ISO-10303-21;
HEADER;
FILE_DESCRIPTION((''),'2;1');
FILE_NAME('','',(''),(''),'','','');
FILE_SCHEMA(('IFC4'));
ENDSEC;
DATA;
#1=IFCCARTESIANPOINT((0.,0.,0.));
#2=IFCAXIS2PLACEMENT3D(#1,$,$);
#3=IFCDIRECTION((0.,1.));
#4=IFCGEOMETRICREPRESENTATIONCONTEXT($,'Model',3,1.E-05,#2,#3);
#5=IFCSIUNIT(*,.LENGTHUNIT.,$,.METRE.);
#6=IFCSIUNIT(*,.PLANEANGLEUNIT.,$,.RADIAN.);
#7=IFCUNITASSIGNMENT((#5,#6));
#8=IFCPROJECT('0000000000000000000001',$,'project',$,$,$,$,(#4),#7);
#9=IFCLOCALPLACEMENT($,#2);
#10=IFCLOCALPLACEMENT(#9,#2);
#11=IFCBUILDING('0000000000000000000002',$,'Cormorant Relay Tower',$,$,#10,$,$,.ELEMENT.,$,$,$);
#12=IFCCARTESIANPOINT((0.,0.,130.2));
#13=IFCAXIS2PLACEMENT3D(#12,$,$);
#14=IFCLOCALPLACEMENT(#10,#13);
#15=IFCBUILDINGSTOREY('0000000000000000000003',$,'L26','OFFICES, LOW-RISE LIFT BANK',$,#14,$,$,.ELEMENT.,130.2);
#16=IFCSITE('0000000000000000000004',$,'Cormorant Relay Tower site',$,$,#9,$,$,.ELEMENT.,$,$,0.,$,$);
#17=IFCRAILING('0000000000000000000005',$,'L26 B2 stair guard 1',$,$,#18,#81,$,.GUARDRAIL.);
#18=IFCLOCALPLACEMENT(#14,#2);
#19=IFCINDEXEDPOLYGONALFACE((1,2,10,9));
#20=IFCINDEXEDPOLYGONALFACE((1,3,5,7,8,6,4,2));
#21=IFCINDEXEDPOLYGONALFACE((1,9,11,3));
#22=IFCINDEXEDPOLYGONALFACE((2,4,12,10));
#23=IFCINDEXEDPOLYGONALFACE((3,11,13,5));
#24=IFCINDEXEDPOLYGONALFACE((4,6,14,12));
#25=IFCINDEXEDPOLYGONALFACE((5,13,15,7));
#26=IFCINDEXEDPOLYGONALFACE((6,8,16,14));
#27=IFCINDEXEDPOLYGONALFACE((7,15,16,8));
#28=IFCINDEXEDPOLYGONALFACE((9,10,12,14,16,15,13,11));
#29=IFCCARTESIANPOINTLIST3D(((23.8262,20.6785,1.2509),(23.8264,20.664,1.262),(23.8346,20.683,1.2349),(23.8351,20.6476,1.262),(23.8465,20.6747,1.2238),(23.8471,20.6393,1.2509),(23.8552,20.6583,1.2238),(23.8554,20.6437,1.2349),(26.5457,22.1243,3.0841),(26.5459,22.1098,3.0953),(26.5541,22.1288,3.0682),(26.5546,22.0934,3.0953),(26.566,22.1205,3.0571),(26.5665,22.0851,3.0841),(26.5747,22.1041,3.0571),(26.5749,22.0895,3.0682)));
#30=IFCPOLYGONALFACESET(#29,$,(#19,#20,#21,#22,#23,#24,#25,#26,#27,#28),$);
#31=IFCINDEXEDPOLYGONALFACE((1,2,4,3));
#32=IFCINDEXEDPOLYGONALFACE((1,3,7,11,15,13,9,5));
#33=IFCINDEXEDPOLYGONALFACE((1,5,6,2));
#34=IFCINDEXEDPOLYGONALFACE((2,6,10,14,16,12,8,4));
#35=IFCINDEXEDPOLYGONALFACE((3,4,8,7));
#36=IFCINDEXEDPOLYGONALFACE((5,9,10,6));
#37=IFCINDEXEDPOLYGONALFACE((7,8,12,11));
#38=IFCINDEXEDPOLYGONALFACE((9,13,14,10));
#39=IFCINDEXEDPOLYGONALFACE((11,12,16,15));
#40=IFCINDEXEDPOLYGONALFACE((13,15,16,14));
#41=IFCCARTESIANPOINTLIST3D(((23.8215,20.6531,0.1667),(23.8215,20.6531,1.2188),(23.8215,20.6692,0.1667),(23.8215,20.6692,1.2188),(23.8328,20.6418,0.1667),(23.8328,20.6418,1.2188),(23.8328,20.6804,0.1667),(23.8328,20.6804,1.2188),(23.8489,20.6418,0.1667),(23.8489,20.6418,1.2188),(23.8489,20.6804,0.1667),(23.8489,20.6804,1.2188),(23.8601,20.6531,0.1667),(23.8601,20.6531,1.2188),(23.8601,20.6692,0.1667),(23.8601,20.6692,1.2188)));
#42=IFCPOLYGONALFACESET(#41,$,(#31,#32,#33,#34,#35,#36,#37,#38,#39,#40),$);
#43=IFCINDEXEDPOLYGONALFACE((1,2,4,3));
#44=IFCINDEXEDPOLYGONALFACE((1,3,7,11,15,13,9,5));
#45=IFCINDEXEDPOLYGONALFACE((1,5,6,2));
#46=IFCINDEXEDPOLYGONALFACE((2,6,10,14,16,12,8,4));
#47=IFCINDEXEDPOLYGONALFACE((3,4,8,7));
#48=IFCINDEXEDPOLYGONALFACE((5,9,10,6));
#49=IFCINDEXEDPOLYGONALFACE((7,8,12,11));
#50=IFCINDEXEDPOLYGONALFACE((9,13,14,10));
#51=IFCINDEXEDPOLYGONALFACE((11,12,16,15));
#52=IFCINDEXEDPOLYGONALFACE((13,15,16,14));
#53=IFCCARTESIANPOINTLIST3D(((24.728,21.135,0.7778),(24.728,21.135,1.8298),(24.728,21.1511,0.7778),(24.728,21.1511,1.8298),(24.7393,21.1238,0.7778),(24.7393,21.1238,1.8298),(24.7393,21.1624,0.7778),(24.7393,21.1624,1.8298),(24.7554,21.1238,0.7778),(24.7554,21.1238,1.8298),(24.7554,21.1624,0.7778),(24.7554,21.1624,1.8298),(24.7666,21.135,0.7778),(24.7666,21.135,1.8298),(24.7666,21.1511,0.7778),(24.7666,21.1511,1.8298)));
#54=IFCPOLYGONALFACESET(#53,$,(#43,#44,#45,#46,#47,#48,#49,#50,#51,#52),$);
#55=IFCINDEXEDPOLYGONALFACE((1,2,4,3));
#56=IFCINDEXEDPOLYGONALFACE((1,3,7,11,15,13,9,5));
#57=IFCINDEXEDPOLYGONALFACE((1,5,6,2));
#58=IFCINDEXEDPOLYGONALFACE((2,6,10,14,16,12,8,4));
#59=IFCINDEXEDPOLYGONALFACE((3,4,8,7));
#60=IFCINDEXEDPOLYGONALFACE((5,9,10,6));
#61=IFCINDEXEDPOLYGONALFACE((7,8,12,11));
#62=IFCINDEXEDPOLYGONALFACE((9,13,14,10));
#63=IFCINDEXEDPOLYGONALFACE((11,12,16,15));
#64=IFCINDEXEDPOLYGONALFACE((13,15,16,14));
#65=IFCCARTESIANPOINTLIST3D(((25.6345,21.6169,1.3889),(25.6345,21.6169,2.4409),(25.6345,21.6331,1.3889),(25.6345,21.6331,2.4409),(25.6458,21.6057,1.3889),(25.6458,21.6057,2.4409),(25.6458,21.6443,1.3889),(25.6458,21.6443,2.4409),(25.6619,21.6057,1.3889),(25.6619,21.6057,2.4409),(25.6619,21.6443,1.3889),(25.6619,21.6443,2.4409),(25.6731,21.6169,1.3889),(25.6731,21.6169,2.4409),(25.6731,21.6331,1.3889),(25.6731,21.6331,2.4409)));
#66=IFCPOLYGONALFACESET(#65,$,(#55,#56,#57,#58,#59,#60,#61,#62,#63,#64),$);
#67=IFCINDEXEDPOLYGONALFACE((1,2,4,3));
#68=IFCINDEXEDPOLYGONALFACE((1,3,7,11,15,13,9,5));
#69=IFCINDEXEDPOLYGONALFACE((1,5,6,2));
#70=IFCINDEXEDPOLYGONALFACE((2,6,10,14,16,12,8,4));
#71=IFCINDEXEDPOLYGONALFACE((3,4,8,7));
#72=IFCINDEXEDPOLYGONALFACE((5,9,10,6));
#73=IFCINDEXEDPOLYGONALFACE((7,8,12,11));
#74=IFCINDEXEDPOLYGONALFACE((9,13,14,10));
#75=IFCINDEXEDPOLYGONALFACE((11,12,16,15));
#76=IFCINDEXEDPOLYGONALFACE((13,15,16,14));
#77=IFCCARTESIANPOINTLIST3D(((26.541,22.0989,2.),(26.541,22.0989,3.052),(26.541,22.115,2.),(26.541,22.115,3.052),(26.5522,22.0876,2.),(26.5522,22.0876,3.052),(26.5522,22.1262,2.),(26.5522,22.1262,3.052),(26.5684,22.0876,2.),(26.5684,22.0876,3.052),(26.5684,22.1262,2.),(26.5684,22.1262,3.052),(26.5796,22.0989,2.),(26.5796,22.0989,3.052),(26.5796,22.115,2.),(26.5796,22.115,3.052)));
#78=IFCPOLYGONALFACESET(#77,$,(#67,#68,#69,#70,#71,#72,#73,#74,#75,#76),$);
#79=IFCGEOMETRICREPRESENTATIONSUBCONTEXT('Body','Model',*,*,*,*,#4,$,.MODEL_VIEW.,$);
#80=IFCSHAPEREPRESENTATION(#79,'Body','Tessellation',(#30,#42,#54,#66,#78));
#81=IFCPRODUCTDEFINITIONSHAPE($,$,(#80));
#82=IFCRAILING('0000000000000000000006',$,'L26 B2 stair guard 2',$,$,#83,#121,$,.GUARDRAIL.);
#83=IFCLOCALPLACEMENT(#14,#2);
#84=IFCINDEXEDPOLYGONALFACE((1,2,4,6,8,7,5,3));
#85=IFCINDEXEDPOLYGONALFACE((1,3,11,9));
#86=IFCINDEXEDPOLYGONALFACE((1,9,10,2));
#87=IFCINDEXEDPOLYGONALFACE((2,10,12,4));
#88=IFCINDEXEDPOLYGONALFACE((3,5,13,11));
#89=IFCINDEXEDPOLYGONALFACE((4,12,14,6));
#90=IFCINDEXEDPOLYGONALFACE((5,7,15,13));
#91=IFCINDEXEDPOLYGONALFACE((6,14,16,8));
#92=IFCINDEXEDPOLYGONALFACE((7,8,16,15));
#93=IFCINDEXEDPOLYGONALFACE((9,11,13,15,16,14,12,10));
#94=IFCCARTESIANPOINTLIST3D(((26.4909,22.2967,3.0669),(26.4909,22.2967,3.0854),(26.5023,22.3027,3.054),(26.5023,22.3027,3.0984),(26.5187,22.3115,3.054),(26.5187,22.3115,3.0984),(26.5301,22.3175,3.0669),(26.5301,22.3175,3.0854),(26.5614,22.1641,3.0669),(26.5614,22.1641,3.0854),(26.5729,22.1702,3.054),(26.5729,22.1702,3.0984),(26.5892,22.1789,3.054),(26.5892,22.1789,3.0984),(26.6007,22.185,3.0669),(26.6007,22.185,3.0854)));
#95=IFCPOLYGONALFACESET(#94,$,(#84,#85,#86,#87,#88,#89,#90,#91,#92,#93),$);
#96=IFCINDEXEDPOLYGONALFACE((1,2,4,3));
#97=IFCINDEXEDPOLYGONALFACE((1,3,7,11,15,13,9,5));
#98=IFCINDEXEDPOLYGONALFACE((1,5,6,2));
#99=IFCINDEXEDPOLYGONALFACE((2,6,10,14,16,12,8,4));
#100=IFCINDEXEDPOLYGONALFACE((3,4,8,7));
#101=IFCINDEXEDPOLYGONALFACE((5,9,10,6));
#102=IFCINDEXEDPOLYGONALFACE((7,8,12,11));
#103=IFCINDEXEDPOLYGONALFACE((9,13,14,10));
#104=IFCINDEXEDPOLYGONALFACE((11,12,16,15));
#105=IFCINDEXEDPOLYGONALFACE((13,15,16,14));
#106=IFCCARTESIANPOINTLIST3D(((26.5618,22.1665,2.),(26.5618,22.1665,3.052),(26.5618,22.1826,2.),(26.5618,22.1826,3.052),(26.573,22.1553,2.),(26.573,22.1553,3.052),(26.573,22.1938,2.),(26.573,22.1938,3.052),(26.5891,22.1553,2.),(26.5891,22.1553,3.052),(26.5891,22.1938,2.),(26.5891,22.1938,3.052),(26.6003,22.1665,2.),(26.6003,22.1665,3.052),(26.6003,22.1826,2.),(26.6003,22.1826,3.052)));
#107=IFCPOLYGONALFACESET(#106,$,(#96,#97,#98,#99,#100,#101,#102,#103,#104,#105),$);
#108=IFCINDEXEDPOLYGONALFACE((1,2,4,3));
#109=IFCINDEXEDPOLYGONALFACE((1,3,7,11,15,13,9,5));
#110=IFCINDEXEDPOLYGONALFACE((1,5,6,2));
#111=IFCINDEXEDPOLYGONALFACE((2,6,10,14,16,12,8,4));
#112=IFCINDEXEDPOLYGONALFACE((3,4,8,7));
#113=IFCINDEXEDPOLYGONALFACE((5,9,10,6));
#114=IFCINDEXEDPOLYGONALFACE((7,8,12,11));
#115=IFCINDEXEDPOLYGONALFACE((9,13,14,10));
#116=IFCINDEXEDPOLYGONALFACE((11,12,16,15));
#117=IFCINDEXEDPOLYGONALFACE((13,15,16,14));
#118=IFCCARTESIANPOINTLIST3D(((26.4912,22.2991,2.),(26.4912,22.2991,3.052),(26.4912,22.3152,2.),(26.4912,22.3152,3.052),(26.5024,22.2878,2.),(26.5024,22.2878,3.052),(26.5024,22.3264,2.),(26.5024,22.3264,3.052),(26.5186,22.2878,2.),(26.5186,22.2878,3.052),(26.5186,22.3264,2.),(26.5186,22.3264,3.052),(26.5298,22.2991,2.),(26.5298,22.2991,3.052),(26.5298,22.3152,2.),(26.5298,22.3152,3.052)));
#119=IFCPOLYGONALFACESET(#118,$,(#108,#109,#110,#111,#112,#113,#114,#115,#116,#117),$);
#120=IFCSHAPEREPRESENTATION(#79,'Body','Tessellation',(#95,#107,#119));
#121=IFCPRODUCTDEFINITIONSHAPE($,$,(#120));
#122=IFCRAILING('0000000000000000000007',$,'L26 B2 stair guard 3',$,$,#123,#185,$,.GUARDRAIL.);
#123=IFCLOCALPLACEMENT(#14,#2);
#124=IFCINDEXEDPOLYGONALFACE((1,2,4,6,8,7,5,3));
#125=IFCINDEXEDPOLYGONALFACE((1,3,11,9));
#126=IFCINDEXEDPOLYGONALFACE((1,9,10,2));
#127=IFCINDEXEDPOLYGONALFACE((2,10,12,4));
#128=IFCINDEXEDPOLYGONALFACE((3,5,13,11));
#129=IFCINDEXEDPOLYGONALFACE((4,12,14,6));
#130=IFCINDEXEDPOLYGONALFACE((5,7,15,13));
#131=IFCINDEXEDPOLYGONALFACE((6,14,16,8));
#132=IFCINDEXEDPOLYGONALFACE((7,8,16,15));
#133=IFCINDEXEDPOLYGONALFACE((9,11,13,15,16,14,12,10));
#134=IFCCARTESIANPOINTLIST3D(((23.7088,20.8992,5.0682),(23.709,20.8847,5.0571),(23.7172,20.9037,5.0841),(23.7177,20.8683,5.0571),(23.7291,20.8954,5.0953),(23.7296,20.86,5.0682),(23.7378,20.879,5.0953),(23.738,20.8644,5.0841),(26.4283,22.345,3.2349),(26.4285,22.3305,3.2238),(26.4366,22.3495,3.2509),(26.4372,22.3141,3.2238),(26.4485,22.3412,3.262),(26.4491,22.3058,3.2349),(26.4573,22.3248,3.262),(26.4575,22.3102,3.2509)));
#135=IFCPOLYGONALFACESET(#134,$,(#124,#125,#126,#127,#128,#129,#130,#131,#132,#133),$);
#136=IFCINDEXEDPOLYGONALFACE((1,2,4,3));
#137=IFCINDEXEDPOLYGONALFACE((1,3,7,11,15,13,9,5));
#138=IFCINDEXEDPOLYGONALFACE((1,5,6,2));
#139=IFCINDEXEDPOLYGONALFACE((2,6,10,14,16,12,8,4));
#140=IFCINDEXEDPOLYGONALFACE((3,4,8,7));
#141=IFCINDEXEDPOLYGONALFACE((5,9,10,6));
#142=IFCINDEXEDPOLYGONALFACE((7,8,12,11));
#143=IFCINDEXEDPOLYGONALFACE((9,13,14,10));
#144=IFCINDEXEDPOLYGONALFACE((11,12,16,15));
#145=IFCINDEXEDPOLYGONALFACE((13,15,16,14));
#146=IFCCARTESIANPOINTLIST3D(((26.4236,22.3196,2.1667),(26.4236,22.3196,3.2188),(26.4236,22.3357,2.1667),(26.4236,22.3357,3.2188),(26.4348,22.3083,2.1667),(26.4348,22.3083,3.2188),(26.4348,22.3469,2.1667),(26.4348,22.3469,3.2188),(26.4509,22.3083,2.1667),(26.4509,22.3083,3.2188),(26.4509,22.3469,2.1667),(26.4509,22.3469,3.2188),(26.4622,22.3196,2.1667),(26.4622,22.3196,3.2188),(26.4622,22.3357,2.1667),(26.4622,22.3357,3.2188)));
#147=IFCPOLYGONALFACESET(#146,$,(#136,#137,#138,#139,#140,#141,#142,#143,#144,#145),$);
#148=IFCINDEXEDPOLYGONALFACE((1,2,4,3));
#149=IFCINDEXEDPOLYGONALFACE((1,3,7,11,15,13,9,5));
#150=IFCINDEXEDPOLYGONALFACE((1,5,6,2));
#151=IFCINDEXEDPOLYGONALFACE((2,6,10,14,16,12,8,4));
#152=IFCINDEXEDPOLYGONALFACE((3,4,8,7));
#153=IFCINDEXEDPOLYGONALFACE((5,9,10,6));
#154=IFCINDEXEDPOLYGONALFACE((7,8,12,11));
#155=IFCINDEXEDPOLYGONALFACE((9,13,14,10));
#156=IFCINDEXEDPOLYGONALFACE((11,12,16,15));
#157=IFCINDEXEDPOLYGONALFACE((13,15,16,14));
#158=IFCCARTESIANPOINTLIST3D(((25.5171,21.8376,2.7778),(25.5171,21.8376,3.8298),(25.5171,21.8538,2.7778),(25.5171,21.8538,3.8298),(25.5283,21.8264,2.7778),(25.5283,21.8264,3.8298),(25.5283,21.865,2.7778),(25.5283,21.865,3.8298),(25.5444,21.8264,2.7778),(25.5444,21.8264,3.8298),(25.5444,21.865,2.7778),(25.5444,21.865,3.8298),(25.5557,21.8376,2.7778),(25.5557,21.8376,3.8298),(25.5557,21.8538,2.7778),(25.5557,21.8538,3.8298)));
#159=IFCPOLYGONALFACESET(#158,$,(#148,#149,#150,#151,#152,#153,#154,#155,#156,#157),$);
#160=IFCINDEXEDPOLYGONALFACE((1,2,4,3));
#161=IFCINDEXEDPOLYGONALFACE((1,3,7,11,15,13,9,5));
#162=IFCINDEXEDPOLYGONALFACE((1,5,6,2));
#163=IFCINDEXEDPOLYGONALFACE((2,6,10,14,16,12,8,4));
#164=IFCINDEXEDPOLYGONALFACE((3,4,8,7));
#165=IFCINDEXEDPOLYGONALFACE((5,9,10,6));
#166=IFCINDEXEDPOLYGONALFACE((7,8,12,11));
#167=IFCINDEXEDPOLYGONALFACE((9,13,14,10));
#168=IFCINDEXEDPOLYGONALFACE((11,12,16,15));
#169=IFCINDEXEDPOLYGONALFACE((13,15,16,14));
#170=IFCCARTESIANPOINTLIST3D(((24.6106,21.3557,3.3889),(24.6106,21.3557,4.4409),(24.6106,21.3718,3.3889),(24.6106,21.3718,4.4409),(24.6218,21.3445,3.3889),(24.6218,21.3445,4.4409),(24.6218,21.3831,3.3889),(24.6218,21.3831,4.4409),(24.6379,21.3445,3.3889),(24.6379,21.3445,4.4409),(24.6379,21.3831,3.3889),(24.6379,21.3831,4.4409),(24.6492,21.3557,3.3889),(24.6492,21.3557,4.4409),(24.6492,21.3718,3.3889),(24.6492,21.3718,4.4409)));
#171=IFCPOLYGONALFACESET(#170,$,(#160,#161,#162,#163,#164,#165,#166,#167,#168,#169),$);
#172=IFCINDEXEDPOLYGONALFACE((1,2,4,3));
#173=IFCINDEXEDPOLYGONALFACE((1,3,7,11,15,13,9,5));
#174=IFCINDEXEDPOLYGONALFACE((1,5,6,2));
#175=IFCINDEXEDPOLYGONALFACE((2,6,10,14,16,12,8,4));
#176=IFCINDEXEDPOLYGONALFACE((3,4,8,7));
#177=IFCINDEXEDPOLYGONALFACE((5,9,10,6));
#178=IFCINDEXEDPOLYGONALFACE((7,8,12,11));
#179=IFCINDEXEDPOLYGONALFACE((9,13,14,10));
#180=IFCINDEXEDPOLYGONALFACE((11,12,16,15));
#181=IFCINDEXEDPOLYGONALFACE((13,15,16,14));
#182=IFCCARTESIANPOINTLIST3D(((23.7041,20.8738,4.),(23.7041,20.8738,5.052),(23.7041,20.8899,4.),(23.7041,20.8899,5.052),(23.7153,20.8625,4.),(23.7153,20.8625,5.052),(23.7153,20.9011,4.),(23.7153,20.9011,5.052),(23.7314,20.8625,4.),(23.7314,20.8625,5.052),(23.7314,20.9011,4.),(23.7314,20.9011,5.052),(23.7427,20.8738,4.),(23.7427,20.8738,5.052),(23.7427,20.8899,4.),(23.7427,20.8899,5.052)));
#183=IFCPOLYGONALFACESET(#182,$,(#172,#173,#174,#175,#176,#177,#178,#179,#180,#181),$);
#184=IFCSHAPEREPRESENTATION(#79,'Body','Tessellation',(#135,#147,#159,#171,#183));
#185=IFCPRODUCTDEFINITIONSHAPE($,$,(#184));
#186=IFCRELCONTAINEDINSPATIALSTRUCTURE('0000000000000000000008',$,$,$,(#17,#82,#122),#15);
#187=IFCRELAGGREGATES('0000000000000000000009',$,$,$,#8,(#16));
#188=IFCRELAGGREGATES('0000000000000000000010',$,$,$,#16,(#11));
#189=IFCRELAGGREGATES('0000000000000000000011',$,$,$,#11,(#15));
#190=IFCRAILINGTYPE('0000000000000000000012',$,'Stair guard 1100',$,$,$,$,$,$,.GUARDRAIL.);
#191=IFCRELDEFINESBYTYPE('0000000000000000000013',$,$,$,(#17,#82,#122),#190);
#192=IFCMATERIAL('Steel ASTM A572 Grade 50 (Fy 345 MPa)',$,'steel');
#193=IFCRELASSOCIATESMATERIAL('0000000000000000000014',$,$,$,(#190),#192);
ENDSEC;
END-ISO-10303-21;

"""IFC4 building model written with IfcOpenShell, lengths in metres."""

from ifc_helpers import new_model, si_unit, direction, frame, origin, place, context, subcontext, project, spatial, polyline, outline, extrude, material, type_object, element, save


model = new_model("IFC4")

# Units and contexts
model_context = context("Model", 3, precision=1e-05, world=origin(), true_north=direction((0.0, 1.0)))
body_context = subcontext(model_context, "Body", "Model", "MODEL_VIEW")
ifc_project = project(units=[si_unit("LENGTHUNIT", "METRE"), si_unit("PLANEANGLEUNIT", "RADIAN")], contexts=[model_context])

# Site, building, storey
site_placement = place(None, origin())
site = spatial("IfcSite", under=ifc_project, at=site_placement, Name="Cormorant Relay Tower site", CompositionType="ELEMENT", RefElevation=0.0)
building_placement = place(site_placement, origin())
building = spatial("IfcBuilding", under=site, at=building_placement, Name="Cormorant Relay Tower", CompositionType="ELEMENT")
storey_placement = place(building_placement, frame((0.0, 0.0, 130.2)))
storey = spatial("IfcBuildingStorey", under=building, at=storey_placement, Name="L26", Description="OFFICES, LOW-RISE LIFT BANK", CompositionType="ELEMENT", Elevation=130.2)

# Railings
ifc_material_1 = material(Name="Steel ASTM A572 Grade 50 (Fy 345 MPa)", Category="steel")
railing_type_1 = type_object("IfcRailingType", Name="Stair guard 1100", PredefinedType="GUARDRAIL", material=ifc_material_1)
railing_1_placement = place(storey_placement, frame((23.8408, 20.6611, 0.1667)))
element("IfcRailing", 1, at=railing_1_placement, inside=storey, type_object=railing_type_1, Name="L26 B2 stair guard 1", PredefinedType="GUARDRAIL", context=body_context, shape_type="SweptSolid", body=[
    extrude(outline(polyline([(0.0222, 0.0093), (0.0093, 0.0222), (-0.0093, 0.0222), (-0.0222, 0.0093), (-0.0222, -0.0093), (-0.0093, -0.0222), (0.0093, -0.0222), (0.0222, -0.0093), (0.0222, 0.0093)])), frame((0.0, 0.0, 1.0762), z_axis=(0.758735, 0.403378, 0.511477), x_axis=(-0.469428, 0.882971, 0.0)), (0.0, 0.0, 1.0), 3.5842),
    extrude(outline(polyline([(0.0193, 0.0081), (0.0081, 0.0193), (-0.0081, 0.0193), (-0.0193, 0.0081), (-0.0193, -0.0081), (-0.0081, -0.0193), (0.0081, -0.0193), (0.0193, -0.0081), (0.0193, 0.0081)])), origin(), (0.0, 0.0, 1.0), 1.052),
    extrude(outline(polyline([(0.0193, 0.0081), (0.0081, 0.0193), (-0.0081, 0.0193), (-0.0193, 0.0081), (-0.0193, -0.0081), (-0.0081, -0.0193), (0.0081, -0.0193), (0.0193, -0.0081), (0.0193, 0.0081)])), frame((0.9065, 0.4819, 0.6111)), (0.0, 0.0, 1.0), 1.052),
    extrude(outline(polyline([(0.0193, 0.0081), (0.0081, 0.0193), (-0.0081, 0.0193), (-0.0193, 0.0081), (-0.0193, -0.0081), (-0.0081, -0.0193), (0.0081, -0.0193), (0.0193, -0.0081), (0.0193, 0.0081)])), frame((1.813, 0.9639, 1.2222)), (0.0, 0.0, 1.0), 1.052),
    extrude(outline(polyline([(0.0193, 0.0081), (0.0081, 0.0193), (-0.0081, 0.0193), (-0.0193, 0.0081), (-0.0193, -0.0081), (-0.0081, -0.0193), (0.0081, -0.0193), (0.0193, -0.0081), (0.0193, 0.0081)])), frame((2.7195, 1.4458, 1.8333)), (0.0, 0.0, 1.0), 1.052),
])
railing_2_placement = place(storey_placement, frame((26.5811, 22.1746, 2.0)))
element("IfcRailing", 2, at=railing_2_placement, inside=storey, type_object=railing_type_1, Name="L26 B2 stair guard 2", PredefinedType="GUARDRAIL", context=body_context, shape_type="SweptSolid", body=[
    extrude(outline(polyline([(0.0222, 0.0093), (0.0093, 0.0222), (-0.0093, 0.0222), (-0.0222, 0.0093), (-0.0222, -0.0093), (-0.0093, -0.0222), (0.0093, -0.0222), (0.0222, -0.0093), (0.0222, 0.0093)])), frame((0.0, 0.0, 1.0762), z_axis=(-0.469829, 0.882758, 0.0), x_axis=(-0.882758, -0.469829, 0.0)), (0.0, 0.0, 1.0), 0.1501),
    extrude(outline(polyline([(0.0193, 0.0081), (0.0081, 0.0193), (-0.0081, 0.0193), (-0.0193, 0.0081), (-0.0193, -0.0081), (-0.0081, -0.0193), (0.0081, -0.0193), (0.0193, -0.0081), (0.0193, 0.0081)])), origin(), (0.0, 0.0, 1.0), 1.052),
    extrude(outline(polyline([(0.0193, 0.0081), (0.0081, 0.0193), (-0.0081, 0.0193), (-0.0193, 0.0081), (-0.0193, -0.0081), (-0.0081, -0.0193), (0.0081, -0.0193), (0.0193, -0.0081), (0.0193, 0.0081)])), frame((-0.0706, 0.1326, 0.0)), (0.0, 0.0, 1.0), 1.052),
])
railing_3_placement = place(storey_placement, frame((26.4429, 22.3276, 2.1667)))
element("IfcRailing", 3, at=railing_3_placement, inside=storey, type_object=railing_type_1, Name="L26 B2 stair guard 3", PredefinedType="GUARDRAIL", context=body_context, shape_type="SweptSolid", body=[
    extrude(outline(polyline([(0.0222, 0.0093), (0.0093, 0.0222), (-0.0093, 0.0222), (-0.0222, 0.0093), (-0.0222, -0.0093), (-0.0093, -0.0222), (0.0093, -0.0222), (0.0222, -0.0093), (0.0222, 0.0093)])), frame((0.0, 0.0, 1.0762), z_axis=(-0.758735, -0.403378, 0.511477), x_axis=(0.469428, -0.882971, 0.0)), (0.0, 0.0, 1.0), 3.5842),
    extrude(outline(polyline([(0.0193, 0.0081), (0.0081, 0.0193), (-0.0081, 0.0193), (-0.0193, 0.0081), (-0.0193, -0.0081), (-0.0081, -0.0193), (0.0081, -0.0193), (0.0193, -0.0081), (0.0193, 0.0081)])), origin(), (0.0, 0.0, 1.0), 1.052),
    extrude(outline(polyline([(0.0193, 0.0081), (0.0081, 0.0193), (-0.0081, 0.0193), (-0.0193, 0.0081), (-0.0193, -0.0081), (-0.0081, -0.0193), (0.0081, -0.0193), (0.0193, -0.0081), (0.0193, 0.0081)])), frame((-0.9065, -0.4819, 0.6111)), (0.0, 0.0, 1.0), 1.052),
    extrude(outline(polyline([(0.0193, 0.0081), (0.0081, 0.0193), (-0.0081, 0.0193), (-0.0193, 0.0081), (-0.0193, -0.0081), (-0.0081, -0.0193), (0.0081, -0.0193), (0.0193, -0.0081), (0.0193, 0.0081)])), frame((-1.813, -0.9639, 1.2222)), (0.0, 0.0, 1.0), 1.052),
    extrude(outline(polyline([(0.0193, 0.0081), (0.0081, 0.0193), (-0.0081, 0.0193), (-0.0193, 0.0081), (-0.0193, -0.0081), (-0.0081, -0.0193), (0.0081, -0.0193), (0.0193, -0.0081), (0.0193, 0.0081)])), frame((-2.7195, -1.4458, 1.8333)), (0.0, 0.0, 1.0), 1.052),
])

save(model, "model.ifc")
